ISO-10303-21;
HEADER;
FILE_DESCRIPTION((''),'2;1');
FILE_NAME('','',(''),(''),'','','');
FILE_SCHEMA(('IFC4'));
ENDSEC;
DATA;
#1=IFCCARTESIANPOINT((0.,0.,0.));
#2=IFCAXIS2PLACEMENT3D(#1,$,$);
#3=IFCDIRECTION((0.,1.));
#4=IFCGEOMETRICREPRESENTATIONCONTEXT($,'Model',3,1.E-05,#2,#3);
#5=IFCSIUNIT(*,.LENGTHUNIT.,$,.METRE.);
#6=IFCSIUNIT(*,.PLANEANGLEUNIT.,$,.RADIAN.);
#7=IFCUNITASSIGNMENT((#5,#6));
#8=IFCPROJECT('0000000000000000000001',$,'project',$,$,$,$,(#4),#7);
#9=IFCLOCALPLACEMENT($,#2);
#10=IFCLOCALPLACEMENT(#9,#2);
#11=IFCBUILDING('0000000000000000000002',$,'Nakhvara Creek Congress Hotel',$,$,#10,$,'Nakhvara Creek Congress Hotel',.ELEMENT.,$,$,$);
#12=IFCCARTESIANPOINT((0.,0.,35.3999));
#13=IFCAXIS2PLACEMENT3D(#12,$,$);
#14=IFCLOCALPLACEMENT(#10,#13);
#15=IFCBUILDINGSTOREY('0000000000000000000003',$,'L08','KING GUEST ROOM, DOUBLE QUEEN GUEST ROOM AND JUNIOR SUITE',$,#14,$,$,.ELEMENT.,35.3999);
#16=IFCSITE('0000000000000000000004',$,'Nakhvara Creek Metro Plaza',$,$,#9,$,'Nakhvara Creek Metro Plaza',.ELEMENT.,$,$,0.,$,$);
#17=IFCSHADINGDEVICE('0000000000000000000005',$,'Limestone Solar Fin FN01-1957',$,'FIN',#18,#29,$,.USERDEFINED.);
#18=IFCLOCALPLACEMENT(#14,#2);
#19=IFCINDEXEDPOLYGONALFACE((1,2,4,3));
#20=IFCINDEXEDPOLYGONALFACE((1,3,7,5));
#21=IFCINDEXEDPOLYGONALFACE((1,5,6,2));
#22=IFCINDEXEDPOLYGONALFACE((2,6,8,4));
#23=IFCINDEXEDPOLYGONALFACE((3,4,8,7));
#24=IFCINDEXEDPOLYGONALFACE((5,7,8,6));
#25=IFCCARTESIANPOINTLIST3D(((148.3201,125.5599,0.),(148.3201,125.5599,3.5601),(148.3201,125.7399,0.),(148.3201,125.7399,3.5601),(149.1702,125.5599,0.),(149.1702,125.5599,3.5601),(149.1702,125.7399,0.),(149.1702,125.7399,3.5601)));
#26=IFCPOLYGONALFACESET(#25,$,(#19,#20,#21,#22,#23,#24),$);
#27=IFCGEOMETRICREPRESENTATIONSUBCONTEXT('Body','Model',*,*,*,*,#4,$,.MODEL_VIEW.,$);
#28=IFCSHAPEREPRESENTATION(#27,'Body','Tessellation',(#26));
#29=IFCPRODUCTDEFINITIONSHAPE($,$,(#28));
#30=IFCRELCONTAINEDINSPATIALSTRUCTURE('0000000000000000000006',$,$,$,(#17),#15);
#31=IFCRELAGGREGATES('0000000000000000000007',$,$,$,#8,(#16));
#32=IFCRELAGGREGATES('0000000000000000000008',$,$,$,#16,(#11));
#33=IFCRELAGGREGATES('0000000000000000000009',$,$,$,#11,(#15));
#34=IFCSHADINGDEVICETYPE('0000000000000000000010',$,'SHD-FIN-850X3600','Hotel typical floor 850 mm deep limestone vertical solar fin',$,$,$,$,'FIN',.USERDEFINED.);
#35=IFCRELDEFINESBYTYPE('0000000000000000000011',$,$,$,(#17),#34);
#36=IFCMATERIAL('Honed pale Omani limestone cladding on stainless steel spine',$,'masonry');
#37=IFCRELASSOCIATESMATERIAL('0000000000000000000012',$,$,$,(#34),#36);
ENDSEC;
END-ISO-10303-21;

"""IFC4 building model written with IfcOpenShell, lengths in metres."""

from ifc_helpers import new_model, si_unit, direction, frame, origin, origin_2d, place, context, subcontext, project, spatial, rectangle, extrude, material, type_object, element, save


model = new_model("IFC4")

# Units and contexts
model_context = context("Model", 3, precision=1e-05, world=origin(), true_north=direction((0.0, 1.0)))
body_context = subcontext(model_context, "Body", "Model", "MODEL_VIEW")
ifc_project = project(units=[si_unit("LENGTHUNIT", "METRE"), si_unit("PLANEANGLEUNIT", "RADIAN")], contexts=[model_context])

# Site, building, storey
site_placement = place(None, origin())
site = spatial("IfcSite", under=ifc_project, at=site_placement, Name="Nakhvara Creek Metro Plaza", LongName="Nakhvara Creek Metro Plaza", CompositionType="ELEMENT", RefElevation=0.0)
building_placement = place(site_placement, origin())
building = spatial("IfcBuilding", under=site, at=building_placement, Name="Nakhvara Creek Congress Hotel", LongName="Nakhvara Creek Congress Hotel", CompositionType="ELEMENT")
storey_placement = place(building_placement, frame((0.0, 0.0, 35.3999)))
storey = spatial("IfcBuildingStorey", under=building, at=storey_placement, Name="L08", Description="KING GUEST ROOM, DOUBLE QUEEN GUEST ROOM AND JUNIOR SUITE", CompositionType="ELEMENT", Elevation=35.3999)

# Shading device
ifc_material_1 = material(Name="Honed pale Omani limestone cladding on stainless steel spine", Category="masonry")
shading_device_type = type_object("IfcShadingDeviceType", Name="SHD-FIN-850X3600", Description="Hotel typical floor 850 mm deep limestone vertical solar fin", ElementType="FIN", PredefinedType="USERDEFINED", material=ifc_material_1)
for number, where, z_axis, x_axis, name in (
    (1, (148.7451, 125.6499, 0.0), (0.0, 0.0, 1.0), (0.0, 1.0, 0.0), "Limestone Solar Fin FN01-1957"),
):
    element("IfcShadingDevice", number, at=place(storey_placement, frame(where, z_axis=z_axis, x_axis=x_axis)), inside=storey, type_object=shading_device_type, Name=name, ObjectType="FIN", PredefinedType="USERDEFINED", context=body_context, shape_type="SweptSolid", body=[
        extrude(rectangle(XDim=0.1799, YDim=0.8501, at=origin_2d()), origin(), (0.0, 0.0, 1.0), 3.5601),
    ])

save(model, "model.ifc")
